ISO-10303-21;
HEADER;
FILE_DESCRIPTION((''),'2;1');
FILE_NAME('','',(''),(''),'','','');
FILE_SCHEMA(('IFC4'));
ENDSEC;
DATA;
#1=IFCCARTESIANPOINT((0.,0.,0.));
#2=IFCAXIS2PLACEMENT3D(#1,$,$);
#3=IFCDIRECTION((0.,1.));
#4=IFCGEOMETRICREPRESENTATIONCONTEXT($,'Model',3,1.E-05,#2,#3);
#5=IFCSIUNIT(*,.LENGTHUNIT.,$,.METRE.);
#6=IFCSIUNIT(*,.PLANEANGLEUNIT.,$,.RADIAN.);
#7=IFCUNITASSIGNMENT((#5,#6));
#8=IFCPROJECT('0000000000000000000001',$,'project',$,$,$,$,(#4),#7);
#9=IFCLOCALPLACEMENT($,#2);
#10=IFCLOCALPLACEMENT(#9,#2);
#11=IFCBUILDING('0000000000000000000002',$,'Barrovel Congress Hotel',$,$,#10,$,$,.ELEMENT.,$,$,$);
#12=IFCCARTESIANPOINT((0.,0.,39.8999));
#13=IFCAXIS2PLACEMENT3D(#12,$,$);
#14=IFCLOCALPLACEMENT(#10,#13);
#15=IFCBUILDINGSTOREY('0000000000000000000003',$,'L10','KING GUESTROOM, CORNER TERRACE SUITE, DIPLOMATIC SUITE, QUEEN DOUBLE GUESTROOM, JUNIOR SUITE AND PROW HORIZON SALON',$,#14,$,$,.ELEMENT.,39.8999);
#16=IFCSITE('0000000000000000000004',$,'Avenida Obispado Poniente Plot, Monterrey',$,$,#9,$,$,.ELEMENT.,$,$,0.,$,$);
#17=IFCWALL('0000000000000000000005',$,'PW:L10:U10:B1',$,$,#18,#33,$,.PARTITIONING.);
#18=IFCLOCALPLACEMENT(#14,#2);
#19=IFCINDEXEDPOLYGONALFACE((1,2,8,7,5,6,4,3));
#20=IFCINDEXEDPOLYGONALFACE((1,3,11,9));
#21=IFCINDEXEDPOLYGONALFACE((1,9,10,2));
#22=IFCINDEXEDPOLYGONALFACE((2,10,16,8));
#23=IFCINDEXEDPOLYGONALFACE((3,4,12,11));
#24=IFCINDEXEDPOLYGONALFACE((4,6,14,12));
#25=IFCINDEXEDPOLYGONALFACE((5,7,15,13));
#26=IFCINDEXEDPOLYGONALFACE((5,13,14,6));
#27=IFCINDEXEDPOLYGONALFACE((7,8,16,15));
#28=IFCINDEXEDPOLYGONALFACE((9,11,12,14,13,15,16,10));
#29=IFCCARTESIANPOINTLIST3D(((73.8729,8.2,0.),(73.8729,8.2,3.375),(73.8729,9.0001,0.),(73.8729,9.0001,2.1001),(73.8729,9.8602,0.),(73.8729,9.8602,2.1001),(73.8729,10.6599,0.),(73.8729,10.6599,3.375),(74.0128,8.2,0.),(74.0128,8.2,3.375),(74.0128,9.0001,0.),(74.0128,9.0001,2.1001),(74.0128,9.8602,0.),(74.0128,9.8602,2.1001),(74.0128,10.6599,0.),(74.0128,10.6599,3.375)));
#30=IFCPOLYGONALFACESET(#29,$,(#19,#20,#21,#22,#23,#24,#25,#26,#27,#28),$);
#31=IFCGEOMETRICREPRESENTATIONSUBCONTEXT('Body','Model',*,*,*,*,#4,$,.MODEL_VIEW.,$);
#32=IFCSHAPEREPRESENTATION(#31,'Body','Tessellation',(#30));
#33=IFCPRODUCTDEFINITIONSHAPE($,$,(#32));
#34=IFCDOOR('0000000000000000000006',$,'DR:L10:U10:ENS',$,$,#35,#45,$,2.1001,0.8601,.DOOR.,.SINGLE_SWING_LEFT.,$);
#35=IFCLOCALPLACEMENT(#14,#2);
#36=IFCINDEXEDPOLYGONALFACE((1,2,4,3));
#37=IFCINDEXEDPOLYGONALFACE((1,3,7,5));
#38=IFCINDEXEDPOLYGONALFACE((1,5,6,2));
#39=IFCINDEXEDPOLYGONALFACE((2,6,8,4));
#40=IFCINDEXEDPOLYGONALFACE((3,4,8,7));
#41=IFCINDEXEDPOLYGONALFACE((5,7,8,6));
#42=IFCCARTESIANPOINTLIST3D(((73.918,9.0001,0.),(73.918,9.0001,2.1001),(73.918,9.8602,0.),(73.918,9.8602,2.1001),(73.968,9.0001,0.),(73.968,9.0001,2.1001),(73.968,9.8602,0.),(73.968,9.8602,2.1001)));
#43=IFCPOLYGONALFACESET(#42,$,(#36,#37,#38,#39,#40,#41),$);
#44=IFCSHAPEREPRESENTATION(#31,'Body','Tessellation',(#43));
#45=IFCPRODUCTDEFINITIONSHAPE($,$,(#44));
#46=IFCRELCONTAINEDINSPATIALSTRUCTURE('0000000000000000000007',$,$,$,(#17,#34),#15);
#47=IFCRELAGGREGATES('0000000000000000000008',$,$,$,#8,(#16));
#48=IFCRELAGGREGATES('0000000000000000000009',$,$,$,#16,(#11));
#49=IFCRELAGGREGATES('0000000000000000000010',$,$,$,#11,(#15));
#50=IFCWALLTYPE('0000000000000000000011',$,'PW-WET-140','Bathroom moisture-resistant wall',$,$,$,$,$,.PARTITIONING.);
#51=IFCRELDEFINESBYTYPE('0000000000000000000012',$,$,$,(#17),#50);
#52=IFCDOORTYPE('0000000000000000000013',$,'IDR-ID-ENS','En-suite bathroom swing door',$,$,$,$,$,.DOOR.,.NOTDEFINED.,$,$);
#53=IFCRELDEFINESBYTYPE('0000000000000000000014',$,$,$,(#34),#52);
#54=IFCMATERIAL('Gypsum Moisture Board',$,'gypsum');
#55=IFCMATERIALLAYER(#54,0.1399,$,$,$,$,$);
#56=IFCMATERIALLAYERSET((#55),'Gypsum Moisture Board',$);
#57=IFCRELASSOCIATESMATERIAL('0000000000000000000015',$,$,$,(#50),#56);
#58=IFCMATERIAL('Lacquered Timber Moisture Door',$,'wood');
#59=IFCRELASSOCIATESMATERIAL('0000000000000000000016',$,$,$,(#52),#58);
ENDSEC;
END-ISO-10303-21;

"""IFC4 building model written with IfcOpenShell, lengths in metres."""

from ifc_helpers import new_model, si_unit, direction, frame, frame_2d, origin, place, context, subcontext, project, spatial, rectangle, extrude, material, layer, layer_set, type_object, element, fill, save


model = new_model("IFC4")

# Units and contexts
model_context = context("Model", 3, precision=1e-05, world=origin(), true_north=direction((0.0, 1.0)))
body_context = subcontext(model_context, "Body", "Model", "MODEL_VIEW")
ifc_project = project(units=[si_unit("LENGTHUNIT", "METRE"), si_unit("PLANEANGLEUNIT", "RADIAN")], contexts=[model_context])

# Site, building, storey
site_placement = place(None, origin())
site = spatial("IfcSite", under=ifc_project, at=site_placement, Name="Avenida Obispado Poniente Plot, Monterrey", CompositionType="ELEMENT", RefElevation=0.0)
building_placement = place(site_placement, origin())
building = spatial("IfcBuilding", under=site, at=building_placement, Name="Barrovel Congress Hotel", CompositionType="ELEMENT")
storey_placement = place(building_placement, frame((0.0, 0.0, 39.8999)))
storey = spatial("IfcBuildingStorey", under=building, at=storey_placement, Name="L10", Description="KING GUESTROOM, CORNER TERRACE SUITE, DIPLOMATIC SUITE, QUEEN DOUBLE GUESTROOM, JUNIOR SUITE AND PROW HORIZON SALON", CompositionType="ELEMENT", Elevation=39.8999)

# Wall, opening, door
ifc_material_1 = material(Name="Gypsum Moisture Board", Category="gypsum")
ifc_layer_1 = layer(ifc_material_1, 0.1399)
ifc_layer_set_1 = layer_set([ifc_layer_1], Name="Gypsum Moisture Board")
wall_type_1 = type_object("IfcWallType", Name="PW-WET-140", Description="Bathroom moisture-resistant wall", PredefinedType="PARTITIONING", material=ifc_layer_set_1)
ifc_material_2 = material(Name="Lacquered Timber Moisture Door", Category="wood")
door_type_1 = type_object("IfcDoorType", Name="IDR-ID-ENS", Description="En-suite bathroom swing door", OperationType="NOTDEFINED", PredefinedType="DOOR", material=ifc_material_2)
wall_1_placement = place(storey_placement, frame((73.9429, 8.2, 0.0), z_axis=(0.0, 0.0, 1.0), x_axis=(0.0, 1.0, 0.0)))
wall_1 = element("IfcWall", 1, at=wall_1_placement, inside=storey, type_object=wall_type_1, Name="PW:L10:U10:B1", PredefinedType="PARTITIONING", context=body_context, shape_type="SweptSolid", body=[
    extrude(rectangle(XDim=2.46, YDim=0.1399, at=frame_2d((1.23, 0.0))), origin(), (0.0, 0.0, 1.0), 3.375),
])
opening_1_placement = place(wall_1_placement, frame((0.8, 0.0, 0.0)))
opening_1 = element("IfcOpeningElement", 2, at=opening_1_placement, cuts=wall_1, PredefinedType="OPENING", context=body_context, shape_type="SweptSolid", body=[
    extrude(rectangle(XDim=0.8601, YDim=2.1001, at=frame_2d((0.4302, 1.05))), frame((0.0, 0.0801, 0.0), z_axis=(0.0, -1.0, 0.0), x_axis=(1.0, 0.0, 0.0)), (0.0, 0.0, 1.0), 0.1599),
])
door_1_placement = place(opening_1_placement, origin())
door_1 = element("IfcDoor", 3, at=door_1_placement, inside=storey, type_object=door_type_1, Name="DR:L10:U10:ENS", OperationType="SINGLE_SWING_LEFT", OverallHeight=2.1001, OverallWidth=0.8601, PredefinedType="DOOR", context=body_context, shape_type="SweptSolid", body=[
    extrude(rectangle(XDim=0.8601, YDim=2.1001, at=frame_2d((0.4302, 1.05))), frame((0.0, 0.0249, 0.0), z_axis=(0.0, -1.0, 0.0), x_axis=(1.0, 0.0, 0.0)), (0.0, 0.0, 1.0), 0.05),
])
fill(opening_1, door_1)

save(model, "model.ifc")
